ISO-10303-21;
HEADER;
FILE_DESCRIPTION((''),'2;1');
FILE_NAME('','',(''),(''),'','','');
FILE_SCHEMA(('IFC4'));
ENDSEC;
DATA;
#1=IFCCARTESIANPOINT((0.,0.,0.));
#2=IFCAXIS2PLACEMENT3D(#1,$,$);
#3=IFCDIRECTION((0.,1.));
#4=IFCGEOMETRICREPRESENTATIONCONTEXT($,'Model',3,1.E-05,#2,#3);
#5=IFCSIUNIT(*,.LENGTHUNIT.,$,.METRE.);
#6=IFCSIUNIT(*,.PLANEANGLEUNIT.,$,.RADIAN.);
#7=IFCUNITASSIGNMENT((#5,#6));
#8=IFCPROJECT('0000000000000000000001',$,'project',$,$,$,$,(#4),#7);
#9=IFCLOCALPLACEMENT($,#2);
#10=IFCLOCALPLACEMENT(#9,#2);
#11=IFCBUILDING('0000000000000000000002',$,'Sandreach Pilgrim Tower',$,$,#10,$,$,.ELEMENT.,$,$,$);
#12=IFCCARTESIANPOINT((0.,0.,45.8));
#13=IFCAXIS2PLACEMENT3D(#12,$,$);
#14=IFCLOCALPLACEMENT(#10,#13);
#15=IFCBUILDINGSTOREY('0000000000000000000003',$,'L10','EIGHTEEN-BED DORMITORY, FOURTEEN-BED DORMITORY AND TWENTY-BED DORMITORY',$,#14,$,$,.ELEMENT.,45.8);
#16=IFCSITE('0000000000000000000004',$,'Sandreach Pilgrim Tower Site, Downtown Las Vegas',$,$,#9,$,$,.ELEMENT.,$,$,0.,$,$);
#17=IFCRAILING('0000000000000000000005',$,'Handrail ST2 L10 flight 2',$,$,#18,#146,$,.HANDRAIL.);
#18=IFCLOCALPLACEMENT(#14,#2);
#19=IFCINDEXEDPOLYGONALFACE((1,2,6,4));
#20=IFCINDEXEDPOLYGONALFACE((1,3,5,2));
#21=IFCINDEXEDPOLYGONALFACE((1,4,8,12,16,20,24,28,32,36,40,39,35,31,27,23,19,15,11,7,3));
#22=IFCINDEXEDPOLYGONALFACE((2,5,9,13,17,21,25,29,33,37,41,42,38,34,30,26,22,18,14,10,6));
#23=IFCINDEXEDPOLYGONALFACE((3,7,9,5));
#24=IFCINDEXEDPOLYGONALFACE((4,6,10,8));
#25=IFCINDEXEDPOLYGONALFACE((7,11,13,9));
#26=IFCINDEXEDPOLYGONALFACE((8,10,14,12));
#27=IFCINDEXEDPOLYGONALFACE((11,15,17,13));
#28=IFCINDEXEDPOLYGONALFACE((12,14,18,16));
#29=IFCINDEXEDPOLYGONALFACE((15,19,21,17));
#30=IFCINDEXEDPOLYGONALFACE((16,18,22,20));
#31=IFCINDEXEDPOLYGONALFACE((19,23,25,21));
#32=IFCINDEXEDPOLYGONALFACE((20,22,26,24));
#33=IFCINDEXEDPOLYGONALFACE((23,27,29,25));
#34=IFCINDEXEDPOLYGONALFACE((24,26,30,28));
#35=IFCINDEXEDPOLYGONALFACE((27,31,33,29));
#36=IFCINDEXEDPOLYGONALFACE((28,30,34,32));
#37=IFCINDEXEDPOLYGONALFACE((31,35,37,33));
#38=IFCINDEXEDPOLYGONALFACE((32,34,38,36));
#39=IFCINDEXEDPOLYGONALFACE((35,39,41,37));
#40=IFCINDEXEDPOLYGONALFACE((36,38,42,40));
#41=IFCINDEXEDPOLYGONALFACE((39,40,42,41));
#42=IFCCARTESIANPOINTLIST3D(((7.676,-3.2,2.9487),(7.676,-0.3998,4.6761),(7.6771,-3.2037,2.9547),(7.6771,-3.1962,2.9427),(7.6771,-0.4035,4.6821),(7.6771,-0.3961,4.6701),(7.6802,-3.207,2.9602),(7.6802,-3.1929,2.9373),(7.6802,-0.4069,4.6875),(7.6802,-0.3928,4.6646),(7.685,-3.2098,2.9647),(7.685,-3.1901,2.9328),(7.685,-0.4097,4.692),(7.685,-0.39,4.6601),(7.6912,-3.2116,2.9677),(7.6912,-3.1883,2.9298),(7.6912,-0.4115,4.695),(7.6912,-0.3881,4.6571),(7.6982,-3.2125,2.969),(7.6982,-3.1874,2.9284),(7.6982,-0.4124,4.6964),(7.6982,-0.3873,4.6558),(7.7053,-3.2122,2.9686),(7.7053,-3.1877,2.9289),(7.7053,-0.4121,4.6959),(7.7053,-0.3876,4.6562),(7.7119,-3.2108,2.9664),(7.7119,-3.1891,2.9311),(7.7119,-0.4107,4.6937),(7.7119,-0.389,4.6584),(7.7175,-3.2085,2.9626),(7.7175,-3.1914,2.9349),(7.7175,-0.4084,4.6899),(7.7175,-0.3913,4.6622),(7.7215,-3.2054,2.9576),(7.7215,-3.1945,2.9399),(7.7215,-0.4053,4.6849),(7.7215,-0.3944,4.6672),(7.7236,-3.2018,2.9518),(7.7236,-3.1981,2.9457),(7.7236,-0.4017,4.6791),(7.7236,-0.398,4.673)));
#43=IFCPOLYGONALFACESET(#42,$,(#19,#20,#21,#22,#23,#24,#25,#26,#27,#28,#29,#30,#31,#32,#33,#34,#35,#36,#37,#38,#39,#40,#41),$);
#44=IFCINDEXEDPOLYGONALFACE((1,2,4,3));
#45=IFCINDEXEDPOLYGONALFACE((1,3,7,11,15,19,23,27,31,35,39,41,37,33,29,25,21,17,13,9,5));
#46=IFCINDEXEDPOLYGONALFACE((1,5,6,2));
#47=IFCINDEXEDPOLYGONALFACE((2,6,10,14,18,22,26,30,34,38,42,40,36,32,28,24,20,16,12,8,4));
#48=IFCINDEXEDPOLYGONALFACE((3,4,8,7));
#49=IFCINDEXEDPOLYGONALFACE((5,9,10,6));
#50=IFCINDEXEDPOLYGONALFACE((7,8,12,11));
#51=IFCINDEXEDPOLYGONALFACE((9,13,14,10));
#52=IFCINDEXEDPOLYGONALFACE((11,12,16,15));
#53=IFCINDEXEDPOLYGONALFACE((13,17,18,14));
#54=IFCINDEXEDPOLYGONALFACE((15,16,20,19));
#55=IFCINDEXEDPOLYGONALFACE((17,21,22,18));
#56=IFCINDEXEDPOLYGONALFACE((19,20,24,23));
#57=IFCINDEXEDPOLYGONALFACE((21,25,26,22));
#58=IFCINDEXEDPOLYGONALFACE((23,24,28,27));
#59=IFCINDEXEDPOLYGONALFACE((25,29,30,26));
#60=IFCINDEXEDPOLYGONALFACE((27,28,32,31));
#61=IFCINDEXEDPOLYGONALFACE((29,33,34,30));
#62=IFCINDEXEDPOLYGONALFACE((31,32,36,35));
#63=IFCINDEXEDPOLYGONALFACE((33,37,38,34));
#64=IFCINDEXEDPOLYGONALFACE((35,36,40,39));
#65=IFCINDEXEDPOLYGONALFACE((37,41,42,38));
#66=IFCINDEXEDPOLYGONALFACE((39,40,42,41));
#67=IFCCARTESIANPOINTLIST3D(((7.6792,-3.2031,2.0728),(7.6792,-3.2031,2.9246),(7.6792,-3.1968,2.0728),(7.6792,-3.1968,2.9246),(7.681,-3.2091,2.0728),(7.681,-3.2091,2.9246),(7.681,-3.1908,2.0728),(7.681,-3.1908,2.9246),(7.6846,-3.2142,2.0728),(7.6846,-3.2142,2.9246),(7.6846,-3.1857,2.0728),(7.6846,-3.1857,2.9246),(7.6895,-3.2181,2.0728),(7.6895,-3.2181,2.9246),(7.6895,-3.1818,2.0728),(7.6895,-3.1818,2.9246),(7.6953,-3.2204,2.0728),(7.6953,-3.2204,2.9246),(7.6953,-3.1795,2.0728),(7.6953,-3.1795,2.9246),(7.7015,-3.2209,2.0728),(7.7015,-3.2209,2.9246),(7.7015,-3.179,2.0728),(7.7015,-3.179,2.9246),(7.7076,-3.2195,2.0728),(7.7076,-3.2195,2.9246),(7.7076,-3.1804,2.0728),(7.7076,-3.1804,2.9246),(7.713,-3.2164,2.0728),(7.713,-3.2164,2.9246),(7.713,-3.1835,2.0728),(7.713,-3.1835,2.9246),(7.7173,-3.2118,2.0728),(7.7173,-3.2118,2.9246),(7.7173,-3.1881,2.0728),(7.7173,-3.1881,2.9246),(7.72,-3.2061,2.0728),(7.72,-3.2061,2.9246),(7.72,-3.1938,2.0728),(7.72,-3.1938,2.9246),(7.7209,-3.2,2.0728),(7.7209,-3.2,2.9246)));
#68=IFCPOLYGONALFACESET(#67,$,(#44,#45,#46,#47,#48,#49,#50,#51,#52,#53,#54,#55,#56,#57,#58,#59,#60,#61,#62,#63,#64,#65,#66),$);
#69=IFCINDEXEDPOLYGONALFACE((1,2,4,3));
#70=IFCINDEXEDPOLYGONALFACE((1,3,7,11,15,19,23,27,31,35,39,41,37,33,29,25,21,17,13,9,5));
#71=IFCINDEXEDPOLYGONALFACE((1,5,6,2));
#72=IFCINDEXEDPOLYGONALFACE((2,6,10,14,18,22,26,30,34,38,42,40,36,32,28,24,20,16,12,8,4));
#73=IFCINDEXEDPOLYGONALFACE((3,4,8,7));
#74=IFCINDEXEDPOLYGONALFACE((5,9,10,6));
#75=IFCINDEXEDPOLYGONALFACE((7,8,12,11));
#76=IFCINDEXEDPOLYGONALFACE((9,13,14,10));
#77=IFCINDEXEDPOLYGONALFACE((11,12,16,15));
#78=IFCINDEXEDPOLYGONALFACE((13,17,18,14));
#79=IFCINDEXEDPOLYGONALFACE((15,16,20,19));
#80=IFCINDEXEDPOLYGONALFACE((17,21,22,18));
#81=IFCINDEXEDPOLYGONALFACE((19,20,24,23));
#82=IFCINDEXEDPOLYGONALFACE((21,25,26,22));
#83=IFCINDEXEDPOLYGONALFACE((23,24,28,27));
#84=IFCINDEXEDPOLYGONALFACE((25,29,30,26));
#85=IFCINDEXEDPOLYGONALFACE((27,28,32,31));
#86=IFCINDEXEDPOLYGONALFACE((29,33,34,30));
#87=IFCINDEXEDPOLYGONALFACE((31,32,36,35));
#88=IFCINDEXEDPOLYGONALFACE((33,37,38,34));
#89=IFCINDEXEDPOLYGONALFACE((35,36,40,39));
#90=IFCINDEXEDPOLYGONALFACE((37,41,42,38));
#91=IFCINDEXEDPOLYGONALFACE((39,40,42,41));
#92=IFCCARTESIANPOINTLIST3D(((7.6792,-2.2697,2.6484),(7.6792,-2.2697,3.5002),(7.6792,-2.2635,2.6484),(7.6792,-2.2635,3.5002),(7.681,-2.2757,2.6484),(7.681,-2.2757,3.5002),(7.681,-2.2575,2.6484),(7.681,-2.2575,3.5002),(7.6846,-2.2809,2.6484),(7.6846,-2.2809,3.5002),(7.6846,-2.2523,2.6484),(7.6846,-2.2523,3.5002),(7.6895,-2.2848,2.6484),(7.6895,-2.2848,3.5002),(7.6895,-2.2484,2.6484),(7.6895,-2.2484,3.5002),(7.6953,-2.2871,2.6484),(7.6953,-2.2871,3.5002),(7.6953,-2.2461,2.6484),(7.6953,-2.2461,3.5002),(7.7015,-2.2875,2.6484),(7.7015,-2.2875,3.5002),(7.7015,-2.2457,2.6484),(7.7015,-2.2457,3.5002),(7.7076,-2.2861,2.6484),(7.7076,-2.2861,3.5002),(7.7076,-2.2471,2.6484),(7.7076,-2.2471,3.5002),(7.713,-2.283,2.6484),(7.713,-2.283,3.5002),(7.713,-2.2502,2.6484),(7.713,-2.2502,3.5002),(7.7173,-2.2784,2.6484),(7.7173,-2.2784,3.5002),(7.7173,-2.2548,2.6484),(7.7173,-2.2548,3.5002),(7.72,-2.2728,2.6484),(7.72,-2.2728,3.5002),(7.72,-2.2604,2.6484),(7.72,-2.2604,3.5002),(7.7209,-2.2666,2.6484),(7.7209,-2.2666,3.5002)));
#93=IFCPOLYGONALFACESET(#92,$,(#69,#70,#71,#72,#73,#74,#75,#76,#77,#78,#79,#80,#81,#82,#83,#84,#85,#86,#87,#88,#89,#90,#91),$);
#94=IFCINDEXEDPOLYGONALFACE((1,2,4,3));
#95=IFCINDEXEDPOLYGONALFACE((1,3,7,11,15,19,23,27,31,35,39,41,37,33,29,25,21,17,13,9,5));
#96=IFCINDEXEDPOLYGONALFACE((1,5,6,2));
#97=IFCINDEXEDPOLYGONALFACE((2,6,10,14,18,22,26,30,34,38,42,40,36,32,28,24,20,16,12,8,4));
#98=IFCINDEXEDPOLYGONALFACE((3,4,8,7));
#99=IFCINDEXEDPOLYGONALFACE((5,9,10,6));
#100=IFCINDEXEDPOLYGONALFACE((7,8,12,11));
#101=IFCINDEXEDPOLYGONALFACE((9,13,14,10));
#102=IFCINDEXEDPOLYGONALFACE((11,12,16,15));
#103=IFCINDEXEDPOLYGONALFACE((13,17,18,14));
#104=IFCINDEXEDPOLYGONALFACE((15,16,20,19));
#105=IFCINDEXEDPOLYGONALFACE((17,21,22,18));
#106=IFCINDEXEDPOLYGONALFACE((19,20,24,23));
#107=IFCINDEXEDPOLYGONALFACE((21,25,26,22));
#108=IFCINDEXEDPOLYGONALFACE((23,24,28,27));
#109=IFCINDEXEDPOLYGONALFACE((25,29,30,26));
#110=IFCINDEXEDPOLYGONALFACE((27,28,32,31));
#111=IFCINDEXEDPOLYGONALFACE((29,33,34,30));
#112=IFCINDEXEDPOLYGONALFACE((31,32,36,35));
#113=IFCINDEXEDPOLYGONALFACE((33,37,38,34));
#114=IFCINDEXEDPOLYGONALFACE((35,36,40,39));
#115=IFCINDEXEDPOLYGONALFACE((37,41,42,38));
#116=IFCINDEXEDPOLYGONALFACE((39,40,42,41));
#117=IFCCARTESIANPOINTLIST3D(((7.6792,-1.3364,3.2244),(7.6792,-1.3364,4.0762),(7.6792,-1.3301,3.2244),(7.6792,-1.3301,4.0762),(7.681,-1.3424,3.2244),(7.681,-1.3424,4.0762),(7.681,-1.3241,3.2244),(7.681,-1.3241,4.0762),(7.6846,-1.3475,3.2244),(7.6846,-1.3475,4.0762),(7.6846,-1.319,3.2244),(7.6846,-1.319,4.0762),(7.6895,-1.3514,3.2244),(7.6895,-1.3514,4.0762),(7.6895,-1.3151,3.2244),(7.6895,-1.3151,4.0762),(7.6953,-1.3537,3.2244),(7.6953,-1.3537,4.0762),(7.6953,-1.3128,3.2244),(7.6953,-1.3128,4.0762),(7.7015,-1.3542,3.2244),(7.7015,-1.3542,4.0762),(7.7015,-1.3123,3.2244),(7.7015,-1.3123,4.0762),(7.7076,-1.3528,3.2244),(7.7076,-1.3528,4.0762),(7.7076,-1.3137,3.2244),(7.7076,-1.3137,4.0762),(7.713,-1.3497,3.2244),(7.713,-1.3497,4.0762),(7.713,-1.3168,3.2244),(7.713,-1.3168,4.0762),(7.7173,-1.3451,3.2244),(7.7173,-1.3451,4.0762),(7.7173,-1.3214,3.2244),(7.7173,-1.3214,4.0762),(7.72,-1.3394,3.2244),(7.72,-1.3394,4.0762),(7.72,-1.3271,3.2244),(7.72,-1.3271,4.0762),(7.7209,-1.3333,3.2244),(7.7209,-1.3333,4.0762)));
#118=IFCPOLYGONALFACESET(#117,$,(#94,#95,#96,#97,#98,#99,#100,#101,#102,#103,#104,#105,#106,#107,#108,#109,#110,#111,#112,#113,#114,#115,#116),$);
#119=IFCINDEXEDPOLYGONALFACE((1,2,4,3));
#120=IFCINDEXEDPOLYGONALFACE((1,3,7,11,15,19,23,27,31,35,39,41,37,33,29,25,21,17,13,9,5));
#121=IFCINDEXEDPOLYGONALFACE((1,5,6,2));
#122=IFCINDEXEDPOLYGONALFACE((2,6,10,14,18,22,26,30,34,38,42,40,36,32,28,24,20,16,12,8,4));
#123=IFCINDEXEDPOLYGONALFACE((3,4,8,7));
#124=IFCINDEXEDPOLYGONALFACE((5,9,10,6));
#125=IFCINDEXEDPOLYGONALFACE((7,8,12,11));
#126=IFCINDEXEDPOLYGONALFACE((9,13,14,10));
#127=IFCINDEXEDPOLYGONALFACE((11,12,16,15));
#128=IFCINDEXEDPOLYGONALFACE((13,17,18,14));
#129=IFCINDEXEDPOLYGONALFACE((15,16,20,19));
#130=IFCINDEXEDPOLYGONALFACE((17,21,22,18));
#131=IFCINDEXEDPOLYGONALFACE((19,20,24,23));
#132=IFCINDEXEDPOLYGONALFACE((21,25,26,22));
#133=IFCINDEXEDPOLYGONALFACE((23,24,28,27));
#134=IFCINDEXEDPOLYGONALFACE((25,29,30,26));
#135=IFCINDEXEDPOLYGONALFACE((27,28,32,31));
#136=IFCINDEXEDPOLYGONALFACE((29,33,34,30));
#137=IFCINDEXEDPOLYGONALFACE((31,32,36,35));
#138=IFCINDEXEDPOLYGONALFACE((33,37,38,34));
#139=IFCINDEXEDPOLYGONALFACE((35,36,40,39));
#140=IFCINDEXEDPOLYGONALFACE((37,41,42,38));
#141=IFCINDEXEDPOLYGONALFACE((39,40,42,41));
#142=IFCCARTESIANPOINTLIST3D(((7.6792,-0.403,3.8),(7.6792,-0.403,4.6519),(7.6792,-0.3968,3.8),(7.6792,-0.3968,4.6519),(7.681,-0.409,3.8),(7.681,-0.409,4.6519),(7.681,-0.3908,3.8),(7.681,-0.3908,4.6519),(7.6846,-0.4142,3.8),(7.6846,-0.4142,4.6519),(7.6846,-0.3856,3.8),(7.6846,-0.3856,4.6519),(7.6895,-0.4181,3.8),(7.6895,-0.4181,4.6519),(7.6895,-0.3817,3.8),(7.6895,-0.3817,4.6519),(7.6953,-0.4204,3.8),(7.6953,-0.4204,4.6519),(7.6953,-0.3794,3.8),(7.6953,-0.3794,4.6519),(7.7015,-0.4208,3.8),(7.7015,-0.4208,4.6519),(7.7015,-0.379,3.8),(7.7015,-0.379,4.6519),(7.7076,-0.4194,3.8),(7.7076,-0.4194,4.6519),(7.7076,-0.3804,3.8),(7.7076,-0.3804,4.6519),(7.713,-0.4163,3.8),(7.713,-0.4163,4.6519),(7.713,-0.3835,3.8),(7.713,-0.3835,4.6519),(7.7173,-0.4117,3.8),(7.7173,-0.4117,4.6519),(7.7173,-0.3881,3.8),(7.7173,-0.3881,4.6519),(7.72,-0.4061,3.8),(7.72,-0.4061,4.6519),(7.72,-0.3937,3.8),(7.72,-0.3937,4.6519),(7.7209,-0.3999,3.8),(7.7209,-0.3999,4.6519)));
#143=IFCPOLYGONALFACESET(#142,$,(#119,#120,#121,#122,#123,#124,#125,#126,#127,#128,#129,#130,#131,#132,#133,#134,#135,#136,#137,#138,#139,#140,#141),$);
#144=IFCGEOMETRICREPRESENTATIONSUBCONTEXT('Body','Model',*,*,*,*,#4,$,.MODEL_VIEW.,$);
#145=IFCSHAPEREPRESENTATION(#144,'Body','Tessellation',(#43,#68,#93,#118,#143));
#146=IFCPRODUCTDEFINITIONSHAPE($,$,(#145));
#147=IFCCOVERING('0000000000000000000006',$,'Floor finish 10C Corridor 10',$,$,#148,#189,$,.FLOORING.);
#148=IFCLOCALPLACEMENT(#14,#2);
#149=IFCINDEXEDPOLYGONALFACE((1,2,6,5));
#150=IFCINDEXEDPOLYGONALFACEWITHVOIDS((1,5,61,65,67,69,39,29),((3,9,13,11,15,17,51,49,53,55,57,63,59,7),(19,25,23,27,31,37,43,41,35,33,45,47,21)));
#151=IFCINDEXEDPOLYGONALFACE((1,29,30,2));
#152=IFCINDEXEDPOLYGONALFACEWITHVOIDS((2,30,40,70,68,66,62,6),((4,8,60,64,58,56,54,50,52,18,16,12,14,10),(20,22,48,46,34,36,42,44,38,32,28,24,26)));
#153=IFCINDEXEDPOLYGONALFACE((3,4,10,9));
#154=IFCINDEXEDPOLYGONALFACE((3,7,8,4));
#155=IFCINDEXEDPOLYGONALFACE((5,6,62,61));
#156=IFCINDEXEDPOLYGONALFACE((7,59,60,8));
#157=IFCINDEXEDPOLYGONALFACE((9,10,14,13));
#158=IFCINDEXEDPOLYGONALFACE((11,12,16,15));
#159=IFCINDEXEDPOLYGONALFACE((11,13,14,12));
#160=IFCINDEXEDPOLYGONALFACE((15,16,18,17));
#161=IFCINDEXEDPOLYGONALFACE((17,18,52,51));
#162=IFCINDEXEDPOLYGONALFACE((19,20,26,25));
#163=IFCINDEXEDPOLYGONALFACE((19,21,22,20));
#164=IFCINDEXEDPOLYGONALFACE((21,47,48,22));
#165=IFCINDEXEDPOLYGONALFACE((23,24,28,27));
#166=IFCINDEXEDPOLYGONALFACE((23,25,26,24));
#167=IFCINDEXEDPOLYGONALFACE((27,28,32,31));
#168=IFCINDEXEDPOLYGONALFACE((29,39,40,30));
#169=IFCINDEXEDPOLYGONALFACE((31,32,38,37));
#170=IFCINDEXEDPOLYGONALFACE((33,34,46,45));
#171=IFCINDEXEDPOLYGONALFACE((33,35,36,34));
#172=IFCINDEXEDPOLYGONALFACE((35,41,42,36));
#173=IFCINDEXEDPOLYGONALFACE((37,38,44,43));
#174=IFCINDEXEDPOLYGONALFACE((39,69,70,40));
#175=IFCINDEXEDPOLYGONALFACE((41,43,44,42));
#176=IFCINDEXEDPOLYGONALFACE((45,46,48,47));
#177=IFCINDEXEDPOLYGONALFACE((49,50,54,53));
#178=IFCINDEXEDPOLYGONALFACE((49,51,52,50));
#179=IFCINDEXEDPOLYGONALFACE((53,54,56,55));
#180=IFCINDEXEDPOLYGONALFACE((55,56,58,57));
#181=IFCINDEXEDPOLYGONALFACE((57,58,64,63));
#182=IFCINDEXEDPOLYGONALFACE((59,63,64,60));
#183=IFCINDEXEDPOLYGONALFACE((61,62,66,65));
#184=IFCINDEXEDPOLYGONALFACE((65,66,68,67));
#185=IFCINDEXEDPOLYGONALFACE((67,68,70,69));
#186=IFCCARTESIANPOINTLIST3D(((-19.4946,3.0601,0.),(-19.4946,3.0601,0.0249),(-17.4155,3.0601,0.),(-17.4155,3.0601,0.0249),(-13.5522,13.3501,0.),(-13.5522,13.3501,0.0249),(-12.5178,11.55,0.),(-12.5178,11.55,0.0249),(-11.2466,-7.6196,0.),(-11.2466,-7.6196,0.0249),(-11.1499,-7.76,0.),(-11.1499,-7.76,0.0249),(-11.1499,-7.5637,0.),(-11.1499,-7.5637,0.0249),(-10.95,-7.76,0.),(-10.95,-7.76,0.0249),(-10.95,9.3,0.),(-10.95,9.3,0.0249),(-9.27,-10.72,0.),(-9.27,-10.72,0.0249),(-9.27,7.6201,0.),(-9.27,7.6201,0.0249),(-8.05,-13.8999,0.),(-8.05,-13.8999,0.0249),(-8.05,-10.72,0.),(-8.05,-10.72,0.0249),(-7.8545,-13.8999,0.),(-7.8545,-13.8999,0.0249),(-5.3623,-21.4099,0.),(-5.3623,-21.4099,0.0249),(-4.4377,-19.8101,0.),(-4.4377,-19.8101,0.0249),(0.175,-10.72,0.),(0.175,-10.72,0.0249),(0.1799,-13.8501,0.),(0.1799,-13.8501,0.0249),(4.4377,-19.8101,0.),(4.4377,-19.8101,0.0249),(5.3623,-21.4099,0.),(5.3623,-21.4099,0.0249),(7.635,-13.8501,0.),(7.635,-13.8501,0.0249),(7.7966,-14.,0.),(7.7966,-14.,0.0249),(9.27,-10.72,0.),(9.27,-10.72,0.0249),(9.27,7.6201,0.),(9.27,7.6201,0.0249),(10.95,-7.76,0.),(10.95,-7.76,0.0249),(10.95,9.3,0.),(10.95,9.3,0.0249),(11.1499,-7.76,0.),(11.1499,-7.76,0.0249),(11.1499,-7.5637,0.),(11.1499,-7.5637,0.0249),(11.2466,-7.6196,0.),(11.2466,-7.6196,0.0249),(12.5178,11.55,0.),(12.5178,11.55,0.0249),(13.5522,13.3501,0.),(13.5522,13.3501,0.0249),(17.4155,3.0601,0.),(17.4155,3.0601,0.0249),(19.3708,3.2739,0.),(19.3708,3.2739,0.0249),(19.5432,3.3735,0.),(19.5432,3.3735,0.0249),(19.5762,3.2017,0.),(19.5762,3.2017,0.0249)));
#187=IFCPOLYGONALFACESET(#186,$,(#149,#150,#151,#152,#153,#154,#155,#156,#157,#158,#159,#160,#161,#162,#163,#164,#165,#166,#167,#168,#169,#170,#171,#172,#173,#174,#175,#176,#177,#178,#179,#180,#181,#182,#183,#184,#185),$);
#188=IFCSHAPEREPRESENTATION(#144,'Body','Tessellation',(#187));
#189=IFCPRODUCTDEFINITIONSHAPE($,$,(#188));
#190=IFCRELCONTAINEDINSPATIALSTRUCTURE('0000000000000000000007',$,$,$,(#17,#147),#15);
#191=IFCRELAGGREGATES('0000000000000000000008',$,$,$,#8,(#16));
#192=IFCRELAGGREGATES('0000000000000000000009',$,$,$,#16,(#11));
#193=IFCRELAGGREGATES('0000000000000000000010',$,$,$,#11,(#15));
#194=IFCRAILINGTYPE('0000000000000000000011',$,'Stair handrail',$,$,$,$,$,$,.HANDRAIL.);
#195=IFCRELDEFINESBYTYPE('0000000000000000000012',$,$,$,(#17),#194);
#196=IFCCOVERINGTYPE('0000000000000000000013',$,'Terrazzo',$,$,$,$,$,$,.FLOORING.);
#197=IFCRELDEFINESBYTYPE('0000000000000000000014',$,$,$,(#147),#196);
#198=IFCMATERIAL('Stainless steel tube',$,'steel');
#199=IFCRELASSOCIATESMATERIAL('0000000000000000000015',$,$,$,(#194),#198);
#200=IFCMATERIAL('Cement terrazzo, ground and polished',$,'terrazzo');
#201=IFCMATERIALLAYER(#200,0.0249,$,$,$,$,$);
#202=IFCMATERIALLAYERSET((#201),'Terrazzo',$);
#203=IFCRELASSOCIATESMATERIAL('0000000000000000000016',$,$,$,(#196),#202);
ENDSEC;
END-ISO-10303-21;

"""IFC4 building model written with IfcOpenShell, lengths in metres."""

from ifc_helpers import new_model, si_unit, direction, frame, origin, origin_2d, place, context, subcontext, project, spatial, polyline, circle, outline, extrude, material, layer, layer_set, type_object, element, save


model = new_model("IFC4")

# Units and contexts
model_context = context("Model", 3, precision=1e-05, world=origin(), true_north=direction((0.0, 1.0)))
body_context = subcontext(model_context, "Body", "Model", "MODEL_VIEW")
ifc_project = project(units=[si_unit("LENGTHUNIT", "METRE"), si_unit("PLANEANGLEUNIT", "RADIAN")], contexts=[model_context])

# Site, building, storey
site_placement = place(None, origin())
site = spatial("IfcSite", under=ifc_project, at=site_placement, Name="Sandreach Pilgrim Tower Site, Downtown Las Vegas", CompositionType="ELEMENT", RefElevation=0.0)
building_placement = place(site_placement, origin())
building = spatial("IfcBuilding", under=site, at=building_placement, Name="Sandreach Pilgrim Tower", CompositionType="ELEMENT")
storey_placement = place(building_placement, frame((0.0, 0.0, 45.8)))
storey = spatial("IfcBuildingStorey", under=building, at=storey_placement, Name="L10", Description="EIGHTEEN-BED DORMITORY, FOURTEEN-BED DORMITORY AND TWENTY-BED DORMITORY", CompositionType="ELEMENT", Elevation=45.8)

# Railing
ifc_material_1 = material(Name="Stainless steel tube", Category="steel")
railing_type = type_object("IfcRailingType", Name="Stair handrail", PredefinedType="HANDRAIL", material=ifc_material_1)
for number, where, name in (
    (1, (7.7, -3.2, 2.0728), "Handrail ST2 L10 flight 2"),
):
    element("IfcRailing", number, at=place(storey_placement, frame(where)), inside=storey, type_object=railing_type, Name=name, PredefinedType="HANDRAIL", context=body_context, shape_type="SweptSolid", body=[
        extrude(circle(Radius=0.0239, at=origin_2d()), frame((0.0, 0.0, 0.876), z_axis=(0.0, 0.85109, 0.52502), x_axis=(-1.0, 0.0, 0.0)), (0.0, 0.0, 1.0), 3.29),
        extrude(circle(Radius=0.021, at=origin_2d()), origin(), (0.0, 0.0, 1.0), 0.8518),
        extrude(circle(Radius=0.021, at=origin_2d()), frame((0.0, 0.9333, 0.5757)), (0.0, 0.0, 1.0), 0.8518),
        extrude(circle(Radius=0.021, at=origin_2d()), frame((0.0, 1.8667, 1.1516)), (0.0, 0.0, 1.0), 0.8518),
        extrude(circle(Radius=0.021, at=origin_2d()), frame((0.0, 2.8, 1.7273)), (0.0, 0.0, 1.0), 0.8518),
    ])

# Covering
ifc_material_2 = material(Name="Cement terrazzo, ground and polished", Category="terrazzo")
ifc_layer_1 = layer(ifc_material_2, 0.0249)
ifc_layer_set_1 = layer_set([ifc_layer_1], Name="Terrazzo")
covering_type = type_object("IfcCoveringType", Name="Terrazzo", PredefinedType="FLOORING", material=ifc_layer_set_1)
covering_placement = place(storey_placement, origin())
element("IfcCovering", 2, at=covering_placement, inside=storey, type_object=covering_type, Name="Floor finish 10C Corridor 10", PredefinedType="FLOORING", context=body_context, shape_type="SweptSolid", body=[
    extrude(outline(polyline([(-19.4946, 3.0601), (-13.5522, 13.3501), (13.5522, 13.3501), (19.3708, 3.2739), (19.5432, 3.3735), (19.5762, 3.2017), (5.3623, -21.4099), (-5.3623, -21.4099), (-19.4946, 3.0601)]), holes=[polyline([(-17.4155, 3.0601), (-11.2466, -7.6196), (-11.1499, -7.5637), (-11.1499, -7.76), (-10.95, -7.76), (-10.95, 9.3), (10.95, 9.3), (10.95, -7.76), (11.1499, -7.76), (11.1499, -7.5637), (11.2466, -7.6196), (17.4155, 3.0601), (12.5178, 11.55), (-12.5178, 11.55), (-17.4155, 3.0601)]), polyline([(-8.05, -10.72), (-8.05, -13.8999), (-7.8545, -13.8999), (-4.4377, -19.8101), (4.4377, -19.8101), (7.7966, -14.0), (7.635, -13.8501), (0.1799, -13.8501), (0.175, -10.72), (9.27, -10.72), (9.27, 7.6201), (-9.27, 7.6201), (-9.27, -10.72), (-8.05, -10.72)])]), origin(), (0.0, 0.0, 1.0), 0.0249),
])

save(model, "model.ifc")
